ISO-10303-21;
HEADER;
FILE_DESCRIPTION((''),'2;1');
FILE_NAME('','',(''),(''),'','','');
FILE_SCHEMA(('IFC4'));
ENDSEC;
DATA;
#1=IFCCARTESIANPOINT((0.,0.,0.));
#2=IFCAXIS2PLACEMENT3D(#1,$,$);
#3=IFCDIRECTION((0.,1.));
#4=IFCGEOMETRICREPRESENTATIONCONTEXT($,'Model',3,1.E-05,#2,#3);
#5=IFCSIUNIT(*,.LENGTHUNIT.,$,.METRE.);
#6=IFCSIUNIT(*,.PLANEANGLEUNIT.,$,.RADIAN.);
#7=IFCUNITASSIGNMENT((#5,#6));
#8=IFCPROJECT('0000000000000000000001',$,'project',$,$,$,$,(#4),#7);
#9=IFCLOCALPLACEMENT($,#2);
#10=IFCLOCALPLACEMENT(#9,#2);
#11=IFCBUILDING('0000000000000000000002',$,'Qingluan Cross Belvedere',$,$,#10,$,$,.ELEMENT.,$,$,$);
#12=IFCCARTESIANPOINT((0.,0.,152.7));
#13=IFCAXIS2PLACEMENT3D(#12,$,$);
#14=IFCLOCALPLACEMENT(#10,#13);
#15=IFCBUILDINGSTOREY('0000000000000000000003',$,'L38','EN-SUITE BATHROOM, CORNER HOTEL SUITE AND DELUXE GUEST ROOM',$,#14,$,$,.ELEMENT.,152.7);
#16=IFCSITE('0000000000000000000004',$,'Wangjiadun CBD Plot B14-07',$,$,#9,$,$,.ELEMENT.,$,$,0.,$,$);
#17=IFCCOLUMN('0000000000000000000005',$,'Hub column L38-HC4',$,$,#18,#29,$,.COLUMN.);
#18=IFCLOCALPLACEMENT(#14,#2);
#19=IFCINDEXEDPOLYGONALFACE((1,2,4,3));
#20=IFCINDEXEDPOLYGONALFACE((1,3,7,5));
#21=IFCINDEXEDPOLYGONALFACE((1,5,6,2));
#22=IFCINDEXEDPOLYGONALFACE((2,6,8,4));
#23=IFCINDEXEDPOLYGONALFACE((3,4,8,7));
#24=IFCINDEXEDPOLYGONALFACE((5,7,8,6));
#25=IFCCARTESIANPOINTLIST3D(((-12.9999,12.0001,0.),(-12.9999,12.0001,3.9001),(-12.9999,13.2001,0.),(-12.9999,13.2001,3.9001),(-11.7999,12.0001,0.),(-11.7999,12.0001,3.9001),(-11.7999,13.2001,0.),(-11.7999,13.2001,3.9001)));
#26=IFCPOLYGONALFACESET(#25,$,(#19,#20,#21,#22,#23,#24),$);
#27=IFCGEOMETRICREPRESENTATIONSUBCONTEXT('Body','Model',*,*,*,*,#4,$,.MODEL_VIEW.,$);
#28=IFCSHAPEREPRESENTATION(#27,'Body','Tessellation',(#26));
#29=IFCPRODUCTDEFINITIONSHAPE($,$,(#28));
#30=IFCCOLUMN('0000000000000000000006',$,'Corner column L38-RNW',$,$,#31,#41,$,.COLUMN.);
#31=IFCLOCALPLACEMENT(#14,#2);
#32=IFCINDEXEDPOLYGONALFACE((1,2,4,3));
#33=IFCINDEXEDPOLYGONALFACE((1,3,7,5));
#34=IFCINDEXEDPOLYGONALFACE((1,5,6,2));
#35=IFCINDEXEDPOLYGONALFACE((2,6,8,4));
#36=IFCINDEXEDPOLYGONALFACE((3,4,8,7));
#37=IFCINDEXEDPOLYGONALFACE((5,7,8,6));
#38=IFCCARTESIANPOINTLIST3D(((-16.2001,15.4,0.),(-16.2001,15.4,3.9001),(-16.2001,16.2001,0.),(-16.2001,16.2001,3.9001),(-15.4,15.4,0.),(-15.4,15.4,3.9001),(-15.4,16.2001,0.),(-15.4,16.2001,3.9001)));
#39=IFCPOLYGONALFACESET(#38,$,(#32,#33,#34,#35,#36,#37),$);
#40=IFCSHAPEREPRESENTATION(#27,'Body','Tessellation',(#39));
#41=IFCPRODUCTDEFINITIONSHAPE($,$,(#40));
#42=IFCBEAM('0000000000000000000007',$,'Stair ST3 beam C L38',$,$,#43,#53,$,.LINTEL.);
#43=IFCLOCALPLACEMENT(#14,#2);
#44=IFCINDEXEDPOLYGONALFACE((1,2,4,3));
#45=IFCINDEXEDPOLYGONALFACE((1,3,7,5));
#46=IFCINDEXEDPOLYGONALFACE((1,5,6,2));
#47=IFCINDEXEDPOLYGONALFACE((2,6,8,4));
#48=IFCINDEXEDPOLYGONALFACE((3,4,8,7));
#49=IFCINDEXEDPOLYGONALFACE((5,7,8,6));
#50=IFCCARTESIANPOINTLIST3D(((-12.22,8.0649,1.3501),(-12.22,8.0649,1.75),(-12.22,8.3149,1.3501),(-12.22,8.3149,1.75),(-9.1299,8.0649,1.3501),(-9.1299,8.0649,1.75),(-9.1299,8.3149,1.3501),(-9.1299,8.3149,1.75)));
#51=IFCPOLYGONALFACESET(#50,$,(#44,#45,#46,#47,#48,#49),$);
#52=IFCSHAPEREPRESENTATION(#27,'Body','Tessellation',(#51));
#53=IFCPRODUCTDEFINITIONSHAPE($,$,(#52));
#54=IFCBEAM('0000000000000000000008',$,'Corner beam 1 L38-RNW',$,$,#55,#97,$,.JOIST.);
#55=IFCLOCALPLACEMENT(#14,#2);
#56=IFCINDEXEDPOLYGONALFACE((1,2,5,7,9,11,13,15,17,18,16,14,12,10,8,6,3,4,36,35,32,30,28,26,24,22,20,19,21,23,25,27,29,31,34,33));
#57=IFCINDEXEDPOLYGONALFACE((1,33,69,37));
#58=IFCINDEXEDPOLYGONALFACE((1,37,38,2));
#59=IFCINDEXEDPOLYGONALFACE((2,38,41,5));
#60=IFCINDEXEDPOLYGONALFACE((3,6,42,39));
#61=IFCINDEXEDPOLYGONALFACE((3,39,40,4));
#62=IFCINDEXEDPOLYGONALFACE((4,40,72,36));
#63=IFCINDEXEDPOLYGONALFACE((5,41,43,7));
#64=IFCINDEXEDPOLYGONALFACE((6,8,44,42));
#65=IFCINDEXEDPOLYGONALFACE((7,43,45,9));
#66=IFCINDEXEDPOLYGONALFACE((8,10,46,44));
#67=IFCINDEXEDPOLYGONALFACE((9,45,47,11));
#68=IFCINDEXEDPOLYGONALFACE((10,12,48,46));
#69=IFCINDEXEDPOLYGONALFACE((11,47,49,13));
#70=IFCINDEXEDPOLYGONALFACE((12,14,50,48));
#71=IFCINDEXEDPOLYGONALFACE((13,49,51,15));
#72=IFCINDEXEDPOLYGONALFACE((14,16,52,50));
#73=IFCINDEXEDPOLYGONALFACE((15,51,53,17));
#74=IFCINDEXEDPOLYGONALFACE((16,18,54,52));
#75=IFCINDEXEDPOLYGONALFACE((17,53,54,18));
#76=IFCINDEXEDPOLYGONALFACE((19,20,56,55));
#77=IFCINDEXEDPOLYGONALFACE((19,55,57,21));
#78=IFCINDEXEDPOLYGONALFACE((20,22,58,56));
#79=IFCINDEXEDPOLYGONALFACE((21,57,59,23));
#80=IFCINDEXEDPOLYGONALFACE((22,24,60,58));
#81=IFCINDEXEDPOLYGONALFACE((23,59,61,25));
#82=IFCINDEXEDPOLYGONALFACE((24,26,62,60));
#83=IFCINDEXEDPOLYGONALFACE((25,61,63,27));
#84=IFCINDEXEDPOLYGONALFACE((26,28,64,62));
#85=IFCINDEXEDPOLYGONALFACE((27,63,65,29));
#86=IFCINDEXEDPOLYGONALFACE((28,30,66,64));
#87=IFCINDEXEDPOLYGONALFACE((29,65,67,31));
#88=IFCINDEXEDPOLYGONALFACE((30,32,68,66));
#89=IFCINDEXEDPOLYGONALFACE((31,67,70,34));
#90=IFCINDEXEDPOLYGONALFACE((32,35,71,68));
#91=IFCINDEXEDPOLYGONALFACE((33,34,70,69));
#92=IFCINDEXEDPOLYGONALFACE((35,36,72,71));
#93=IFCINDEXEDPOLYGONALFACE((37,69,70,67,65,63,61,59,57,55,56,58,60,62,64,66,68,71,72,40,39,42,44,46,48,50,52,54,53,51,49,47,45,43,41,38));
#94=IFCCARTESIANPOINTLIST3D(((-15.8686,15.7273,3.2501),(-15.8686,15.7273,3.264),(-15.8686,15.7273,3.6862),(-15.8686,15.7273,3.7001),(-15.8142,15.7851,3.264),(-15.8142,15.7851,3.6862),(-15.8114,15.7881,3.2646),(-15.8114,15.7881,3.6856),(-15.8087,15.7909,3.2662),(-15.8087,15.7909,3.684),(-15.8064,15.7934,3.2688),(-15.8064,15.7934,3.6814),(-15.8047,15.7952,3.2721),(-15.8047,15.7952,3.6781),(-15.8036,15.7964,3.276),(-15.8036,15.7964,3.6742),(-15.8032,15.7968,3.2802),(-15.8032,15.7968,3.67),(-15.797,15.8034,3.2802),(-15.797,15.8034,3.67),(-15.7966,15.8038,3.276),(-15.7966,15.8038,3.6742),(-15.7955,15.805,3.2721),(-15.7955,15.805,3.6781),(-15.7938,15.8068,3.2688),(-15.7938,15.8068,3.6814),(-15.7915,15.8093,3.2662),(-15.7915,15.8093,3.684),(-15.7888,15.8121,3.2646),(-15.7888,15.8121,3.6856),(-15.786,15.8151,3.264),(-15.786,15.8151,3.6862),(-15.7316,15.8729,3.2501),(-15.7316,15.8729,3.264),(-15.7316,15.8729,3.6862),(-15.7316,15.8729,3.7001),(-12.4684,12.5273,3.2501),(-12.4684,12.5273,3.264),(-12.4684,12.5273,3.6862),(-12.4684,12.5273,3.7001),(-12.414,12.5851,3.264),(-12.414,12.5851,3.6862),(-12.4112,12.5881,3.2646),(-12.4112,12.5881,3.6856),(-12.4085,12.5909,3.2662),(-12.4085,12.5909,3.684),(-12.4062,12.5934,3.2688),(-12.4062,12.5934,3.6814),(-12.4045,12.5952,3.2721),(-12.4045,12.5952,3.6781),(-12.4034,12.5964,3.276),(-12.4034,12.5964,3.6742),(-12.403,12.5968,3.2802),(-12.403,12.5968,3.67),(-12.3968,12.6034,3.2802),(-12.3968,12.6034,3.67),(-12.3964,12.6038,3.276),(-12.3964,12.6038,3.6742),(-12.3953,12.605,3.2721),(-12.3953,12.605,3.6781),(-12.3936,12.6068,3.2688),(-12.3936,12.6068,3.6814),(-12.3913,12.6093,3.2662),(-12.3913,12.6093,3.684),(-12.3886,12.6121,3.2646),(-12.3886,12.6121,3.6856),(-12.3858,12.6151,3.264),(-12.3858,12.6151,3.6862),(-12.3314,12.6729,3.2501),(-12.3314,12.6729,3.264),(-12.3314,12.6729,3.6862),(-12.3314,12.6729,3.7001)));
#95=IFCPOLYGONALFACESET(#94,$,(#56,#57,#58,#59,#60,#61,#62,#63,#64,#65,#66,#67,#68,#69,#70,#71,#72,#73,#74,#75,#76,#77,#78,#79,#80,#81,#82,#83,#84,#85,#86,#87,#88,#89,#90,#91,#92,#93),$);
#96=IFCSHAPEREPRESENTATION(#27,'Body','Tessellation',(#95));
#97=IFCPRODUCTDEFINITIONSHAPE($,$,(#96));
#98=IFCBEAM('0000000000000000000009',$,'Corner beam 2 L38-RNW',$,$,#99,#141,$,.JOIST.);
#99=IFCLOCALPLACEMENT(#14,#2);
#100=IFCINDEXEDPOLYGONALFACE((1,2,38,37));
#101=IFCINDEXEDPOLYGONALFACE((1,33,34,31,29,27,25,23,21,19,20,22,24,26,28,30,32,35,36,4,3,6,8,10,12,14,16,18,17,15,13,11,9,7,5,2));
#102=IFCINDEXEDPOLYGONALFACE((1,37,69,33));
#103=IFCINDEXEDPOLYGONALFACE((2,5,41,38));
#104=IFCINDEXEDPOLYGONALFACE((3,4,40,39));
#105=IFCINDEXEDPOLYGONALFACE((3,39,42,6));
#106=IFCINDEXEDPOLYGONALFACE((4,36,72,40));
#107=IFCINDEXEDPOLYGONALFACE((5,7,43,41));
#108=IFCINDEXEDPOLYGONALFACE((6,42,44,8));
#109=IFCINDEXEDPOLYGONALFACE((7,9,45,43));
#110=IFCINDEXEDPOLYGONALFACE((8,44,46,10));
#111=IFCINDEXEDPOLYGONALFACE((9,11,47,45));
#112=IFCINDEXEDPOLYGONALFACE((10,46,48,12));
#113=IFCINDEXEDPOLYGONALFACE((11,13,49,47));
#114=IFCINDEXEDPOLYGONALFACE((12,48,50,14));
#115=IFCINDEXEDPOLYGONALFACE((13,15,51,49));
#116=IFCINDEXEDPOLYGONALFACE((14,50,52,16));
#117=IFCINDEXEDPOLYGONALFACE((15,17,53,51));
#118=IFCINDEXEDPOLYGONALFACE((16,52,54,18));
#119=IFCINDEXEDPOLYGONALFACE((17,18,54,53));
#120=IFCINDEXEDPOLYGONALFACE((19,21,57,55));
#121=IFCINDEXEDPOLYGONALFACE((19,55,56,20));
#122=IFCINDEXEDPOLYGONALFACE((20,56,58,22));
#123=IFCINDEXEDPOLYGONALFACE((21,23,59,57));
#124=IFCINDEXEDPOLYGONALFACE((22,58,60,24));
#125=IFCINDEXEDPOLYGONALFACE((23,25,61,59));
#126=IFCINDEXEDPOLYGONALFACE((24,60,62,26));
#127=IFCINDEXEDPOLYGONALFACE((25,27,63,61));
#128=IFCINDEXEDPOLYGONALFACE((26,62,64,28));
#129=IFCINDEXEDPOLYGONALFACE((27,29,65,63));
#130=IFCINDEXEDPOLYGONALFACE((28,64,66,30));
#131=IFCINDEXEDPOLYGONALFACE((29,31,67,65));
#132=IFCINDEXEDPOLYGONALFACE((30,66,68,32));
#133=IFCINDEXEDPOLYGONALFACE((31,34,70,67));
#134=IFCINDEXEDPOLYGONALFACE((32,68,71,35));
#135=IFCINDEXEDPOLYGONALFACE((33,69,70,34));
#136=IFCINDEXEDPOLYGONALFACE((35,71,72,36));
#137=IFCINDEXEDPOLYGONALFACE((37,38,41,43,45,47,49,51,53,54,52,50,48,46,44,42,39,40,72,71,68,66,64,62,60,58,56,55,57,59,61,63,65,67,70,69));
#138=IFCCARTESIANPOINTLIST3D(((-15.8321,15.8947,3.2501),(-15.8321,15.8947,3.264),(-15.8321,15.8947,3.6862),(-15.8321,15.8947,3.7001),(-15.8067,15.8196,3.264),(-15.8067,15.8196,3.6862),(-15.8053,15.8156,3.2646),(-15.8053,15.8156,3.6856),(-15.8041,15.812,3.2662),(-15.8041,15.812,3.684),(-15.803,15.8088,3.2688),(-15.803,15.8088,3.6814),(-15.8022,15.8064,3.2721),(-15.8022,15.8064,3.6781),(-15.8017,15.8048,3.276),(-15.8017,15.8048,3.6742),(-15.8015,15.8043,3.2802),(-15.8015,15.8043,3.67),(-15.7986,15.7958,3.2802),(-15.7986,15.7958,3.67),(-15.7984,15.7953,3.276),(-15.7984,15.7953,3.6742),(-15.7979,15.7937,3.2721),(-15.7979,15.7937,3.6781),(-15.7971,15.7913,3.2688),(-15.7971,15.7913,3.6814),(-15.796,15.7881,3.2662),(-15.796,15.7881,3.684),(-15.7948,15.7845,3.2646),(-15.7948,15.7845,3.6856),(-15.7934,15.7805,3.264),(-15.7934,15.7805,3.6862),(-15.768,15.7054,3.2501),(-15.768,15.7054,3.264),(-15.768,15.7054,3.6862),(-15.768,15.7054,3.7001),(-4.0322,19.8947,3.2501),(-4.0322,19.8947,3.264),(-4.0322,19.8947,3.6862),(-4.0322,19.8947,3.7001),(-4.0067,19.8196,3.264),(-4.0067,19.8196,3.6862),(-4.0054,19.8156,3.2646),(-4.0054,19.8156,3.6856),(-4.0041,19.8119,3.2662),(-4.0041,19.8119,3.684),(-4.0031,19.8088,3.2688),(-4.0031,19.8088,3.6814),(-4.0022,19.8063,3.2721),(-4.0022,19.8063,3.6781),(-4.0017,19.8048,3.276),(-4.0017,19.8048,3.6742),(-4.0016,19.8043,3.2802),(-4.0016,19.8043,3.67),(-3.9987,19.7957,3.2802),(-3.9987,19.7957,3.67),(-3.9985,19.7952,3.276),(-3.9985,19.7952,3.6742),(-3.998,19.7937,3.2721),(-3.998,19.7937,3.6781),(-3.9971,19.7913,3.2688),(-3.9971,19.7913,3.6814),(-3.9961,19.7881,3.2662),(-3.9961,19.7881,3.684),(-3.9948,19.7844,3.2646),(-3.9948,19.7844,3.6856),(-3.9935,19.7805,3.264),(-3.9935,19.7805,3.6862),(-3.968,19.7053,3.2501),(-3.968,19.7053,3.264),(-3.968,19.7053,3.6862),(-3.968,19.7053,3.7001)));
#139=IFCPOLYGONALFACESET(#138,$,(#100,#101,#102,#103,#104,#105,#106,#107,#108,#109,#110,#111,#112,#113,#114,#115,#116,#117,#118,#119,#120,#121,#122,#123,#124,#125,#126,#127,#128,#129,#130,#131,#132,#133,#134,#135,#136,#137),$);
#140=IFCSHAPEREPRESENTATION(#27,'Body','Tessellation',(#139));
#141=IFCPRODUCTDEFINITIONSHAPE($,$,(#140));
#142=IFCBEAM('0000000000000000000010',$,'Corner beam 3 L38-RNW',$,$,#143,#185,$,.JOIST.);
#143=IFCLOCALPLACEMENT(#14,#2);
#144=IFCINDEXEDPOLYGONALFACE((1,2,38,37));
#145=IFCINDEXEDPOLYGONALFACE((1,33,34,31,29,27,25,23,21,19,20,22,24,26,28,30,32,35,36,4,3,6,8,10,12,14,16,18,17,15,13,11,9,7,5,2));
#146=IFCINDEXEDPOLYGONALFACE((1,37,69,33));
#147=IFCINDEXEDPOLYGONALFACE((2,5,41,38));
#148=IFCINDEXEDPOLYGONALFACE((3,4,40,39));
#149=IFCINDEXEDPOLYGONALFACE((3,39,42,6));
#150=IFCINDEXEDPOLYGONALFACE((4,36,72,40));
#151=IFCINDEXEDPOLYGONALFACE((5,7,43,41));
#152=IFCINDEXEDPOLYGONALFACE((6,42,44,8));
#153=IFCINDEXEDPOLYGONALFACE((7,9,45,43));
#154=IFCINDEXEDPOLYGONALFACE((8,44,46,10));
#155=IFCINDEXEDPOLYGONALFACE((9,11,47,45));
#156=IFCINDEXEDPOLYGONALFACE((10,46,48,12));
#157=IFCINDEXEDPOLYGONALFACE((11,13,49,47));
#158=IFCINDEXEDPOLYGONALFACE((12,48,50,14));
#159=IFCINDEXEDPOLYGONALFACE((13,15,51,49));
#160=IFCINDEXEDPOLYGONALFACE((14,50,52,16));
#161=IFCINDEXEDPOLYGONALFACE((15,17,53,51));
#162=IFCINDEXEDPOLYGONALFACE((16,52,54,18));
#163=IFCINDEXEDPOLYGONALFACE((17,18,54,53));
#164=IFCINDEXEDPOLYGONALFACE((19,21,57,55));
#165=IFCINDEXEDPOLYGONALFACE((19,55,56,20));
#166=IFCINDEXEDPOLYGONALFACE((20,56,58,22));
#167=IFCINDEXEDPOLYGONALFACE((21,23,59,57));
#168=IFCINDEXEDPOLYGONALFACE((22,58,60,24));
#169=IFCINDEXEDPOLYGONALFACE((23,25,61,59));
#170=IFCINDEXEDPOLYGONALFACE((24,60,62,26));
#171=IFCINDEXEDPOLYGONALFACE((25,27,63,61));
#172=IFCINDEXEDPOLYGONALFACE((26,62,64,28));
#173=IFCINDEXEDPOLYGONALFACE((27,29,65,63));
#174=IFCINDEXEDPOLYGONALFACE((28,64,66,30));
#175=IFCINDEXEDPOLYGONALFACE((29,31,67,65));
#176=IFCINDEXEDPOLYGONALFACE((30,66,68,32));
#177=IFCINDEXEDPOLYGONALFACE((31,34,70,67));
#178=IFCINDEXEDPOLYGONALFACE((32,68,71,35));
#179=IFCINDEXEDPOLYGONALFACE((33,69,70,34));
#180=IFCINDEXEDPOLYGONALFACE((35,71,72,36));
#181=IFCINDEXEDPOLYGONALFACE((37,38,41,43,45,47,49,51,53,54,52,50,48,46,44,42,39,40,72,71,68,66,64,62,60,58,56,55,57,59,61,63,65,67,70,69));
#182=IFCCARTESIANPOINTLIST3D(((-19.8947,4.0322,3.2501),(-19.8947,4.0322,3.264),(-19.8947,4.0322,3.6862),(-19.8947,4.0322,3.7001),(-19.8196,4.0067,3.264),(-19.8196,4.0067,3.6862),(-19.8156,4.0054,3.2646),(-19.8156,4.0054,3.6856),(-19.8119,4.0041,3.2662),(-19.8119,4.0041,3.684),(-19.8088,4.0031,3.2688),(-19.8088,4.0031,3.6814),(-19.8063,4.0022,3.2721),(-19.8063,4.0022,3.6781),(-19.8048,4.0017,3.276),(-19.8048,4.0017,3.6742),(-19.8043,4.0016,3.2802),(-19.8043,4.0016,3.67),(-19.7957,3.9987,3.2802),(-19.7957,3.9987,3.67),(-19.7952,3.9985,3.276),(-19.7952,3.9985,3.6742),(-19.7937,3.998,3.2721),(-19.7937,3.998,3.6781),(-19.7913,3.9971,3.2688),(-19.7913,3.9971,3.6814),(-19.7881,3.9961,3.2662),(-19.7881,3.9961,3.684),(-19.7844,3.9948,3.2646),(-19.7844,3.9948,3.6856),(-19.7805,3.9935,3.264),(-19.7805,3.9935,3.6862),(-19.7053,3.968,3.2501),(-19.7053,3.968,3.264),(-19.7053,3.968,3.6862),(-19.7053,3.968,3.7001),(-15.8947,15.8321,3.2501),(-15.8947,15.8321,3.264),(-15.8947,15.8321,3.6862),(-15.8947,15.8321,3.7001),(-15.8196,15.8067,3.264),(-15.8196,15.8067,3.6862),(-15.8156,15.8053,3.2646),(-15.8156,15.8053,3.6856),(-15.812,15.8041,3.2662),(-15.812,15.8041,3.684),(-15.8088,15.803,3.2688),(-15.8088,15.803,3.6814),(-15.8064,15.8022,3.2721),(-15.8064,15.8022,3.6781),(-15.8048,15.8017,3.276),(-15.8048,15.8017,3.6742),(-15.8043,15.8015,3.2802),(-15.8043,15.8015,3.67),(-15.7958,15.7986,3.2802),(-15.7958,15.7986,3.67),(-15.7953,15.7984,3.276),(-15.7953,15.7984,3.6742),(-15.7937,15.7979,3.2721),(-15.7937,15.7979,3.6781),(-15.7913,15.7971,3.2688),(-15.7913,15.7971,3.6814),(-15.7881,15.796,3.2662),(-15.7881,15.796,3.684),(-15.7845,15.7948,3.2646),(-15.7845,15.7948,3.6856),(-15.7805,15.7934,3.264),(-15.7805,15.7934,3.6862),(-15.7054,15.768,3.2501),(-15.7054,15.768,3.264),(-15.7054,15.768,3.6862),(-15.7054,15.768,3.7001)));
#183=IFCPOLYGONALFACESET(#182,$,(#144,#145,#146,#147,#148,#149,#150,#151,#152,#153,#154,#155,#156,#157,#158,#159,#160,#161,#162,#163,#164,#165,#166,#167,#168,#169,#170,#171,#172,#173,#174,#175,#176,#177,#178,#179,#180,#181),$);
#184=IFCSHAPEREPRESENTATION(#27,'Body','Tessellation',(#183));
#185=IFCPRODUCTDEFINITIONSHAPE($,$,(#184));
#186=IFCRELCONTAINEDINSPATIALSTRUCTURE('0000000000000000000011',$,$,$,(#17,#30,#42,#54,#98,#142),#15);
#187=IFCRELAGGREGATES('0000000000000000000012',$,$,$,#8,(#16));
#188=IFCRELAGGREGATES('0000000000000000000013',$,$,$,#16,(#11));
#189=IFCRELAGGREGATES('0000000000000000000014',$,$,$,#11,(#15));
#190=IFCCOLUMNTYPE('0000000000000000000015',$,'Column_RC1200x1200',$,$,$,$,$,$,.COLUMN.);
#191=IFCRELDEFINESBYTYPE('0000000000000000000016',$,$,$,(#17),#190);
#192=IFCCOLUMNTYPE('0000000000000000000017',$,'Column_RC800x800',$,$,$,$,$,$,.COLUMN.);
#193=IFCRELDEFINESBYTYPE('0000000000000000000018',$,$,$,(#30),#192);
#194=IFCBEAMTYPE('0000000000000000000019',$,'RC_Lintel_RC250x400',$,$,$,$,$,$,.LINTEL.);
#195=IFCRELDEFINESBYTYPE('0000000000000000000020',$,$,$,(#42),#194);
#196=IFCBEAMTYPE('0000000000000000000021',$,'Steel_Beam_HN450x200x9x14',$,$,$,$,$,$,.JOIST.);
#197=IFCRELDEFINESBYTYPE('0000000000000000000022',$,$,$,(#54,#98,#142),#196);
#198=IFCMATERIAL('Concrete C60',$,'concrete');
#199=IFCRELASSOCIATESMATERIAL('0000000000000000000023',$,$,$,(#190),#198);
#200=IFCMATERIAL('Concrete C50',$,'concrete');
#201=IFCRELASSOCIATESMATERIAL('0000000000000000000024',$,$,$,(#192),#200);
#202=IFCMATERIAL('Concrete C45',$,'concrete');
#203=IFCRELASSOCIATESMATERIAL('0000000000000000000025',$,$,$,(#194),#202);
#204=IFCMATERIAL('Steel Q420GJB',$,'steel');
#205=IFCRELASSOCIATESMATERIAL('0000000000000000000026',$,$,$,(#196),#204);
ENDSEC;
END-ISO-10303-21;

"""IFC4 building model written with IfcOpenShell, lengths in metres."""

from ifc_helpers import new_model, si_unit, direction, frame, origin, origin_2d, place, context, subcontext, project, spatial, rectangle, i_section, extrude, material, material_profile, profile_set, type_object, element, save


model = new_model("IFC4")

# Units and contexts
model_context = context("Model", 3, precision=1e-05, world=origin(), true_north=direction((0.0, 1.0)))
body_context = subcontext(model_context, "Body", "Model", "MODEL_VIEW")
ifc_project = project(units=[si_unit("LENGTHUNIT", "METRE"), si_unit("PLANEANGLEUNIT", "RADIAN")], contexts=[model_context])

# Site, building, storey
site_placement = place(None, origin())
site = spatial("IfcSite", under=ifc_project, at=site_placement, Name="Wangjiadun CBD Plot B14-07", CompositionType="ELEMENT", RefElevation=0.0)
building_placement = place(site_placement, origin())
building = spatial("IfcBuilding", under=site, at=building_placement, Name="Qingluan Cross Belvedere", CompositionType="ELEMENT")
storey_placement = place(building_placement, frame((0.0, 0.0, 152.7)))
storey = spatial("IfcBuildingStorey", under=building, at=storey_placement, Name="L38", Description="EN-SUITE BATHROOM, CORNER HOTEL SUITE AND DELUXE GUEST ROOM", CompositionType="ELEMENT", Elevation=152.7)

# Columns
ifc_material_1 = material(Name="Concrete C60", Category="concrete")
ifc_material_profile_1 = material_profile(ifc_material_1, rectangle(XDim=1.2, YDim=1.2, at=origin_2d()), Name="RC1200x1200")
ifc_profile_set_1 = profile_set([ifc_material_profile_1], Name="Concrete C60")
column_type_1 = type_object("IfcColumnType", Name="Column_RC1200x1200", PredefinedType="COLUMN", material=ifc_profile_set_1)
column_1_placement = place(storey_placement, frame((-12.3999, 12.6001, 0.0), z_axis=(0.0, 0.0, 1.0), x_axis=(1.0, 0.0, 0.0)))
element("IfcColumn", 1, at=column_1_placement, inside=storey, type_object=column_type_1, Name="Hub column L38-HC4", PredefinedType="COLUMN", context=body_context, shape_type="SweptSolid", body=[
    extrude(rectangle(XDim=1.2, YDim=1.2, at=origin_2d()), origin(), (0.0, 0.0, 1.0), 3.9001),
])
ifc_material_2 = material(Name="Concrete C50", Category="concrete")
ifc_material_profile_2 = material_profile(ifc_material_2, rectangle(XDim=0.8, YDim=0.8, at=origin_2d()), Name="RC800x800")
ifc_profile_set_2 = profile_set([ifc_material_profile_2], Name="Concrete C50")
column_type_2 = type_object("IfcColumnType", Name="Column_RC800x800", PredefinedType="COLUMN", material=ifc_profile_set_2)
column_2_placement = place(storey_placement, frame((-15.8, 15.8, 0.0), z_axis=(0.0, 0.0, 1.0), x_axis=(1.0, 0.0, 0.0)))
element("IfcColumn", 2, at=column_2_placement, inside=storey, type_object=column_type_2, Name="Corner column L38-RNW", PredefinedType="COLUMN", context=body_context, shape_type="SweptSolid", body=[
    extrude(rectangle(XDim=0.8, YDim=0.8, at=origin_2d()), origin(), (0.0, 0.0, 1.0), 3.9001),
])

# Beams
ifc_material_3 = material(Name="Concrete C45", Category="concrete")
ifc_material_profile_3 = material_profile(ifc_material_3, rectangle(XDim=0.25, YDim=0.3999, at=origin_2d()), Name="RC250x400")
ifc_profile_set_3 = profile_set([ifc_material_profile_3], Name="Concrete C45")
beam_type_1 = type_object("IfcBeamType", Name="RC_Lintel_RC250x400", PredefinedType="LINTEL", material=ifc_profile_set_3)
beam_1_placement = place(storey_placement, frame((-12.22, 8.1899, 1.55), z_axis=(1.0, 0.0, 0.0), x_axis=(0.0, 1.0, 0.0)))
element("IfcBeam", 3, at=beam_1_placement, inside=storey, type_object=beam_type_1, Name="Stair ST3 beam C L38", PredefinedType="LINTEL", context=body_context, shape_type="SweptSolid", body=[
    extrude(rectangle(XDim=0.25, YDim=0.3999, at=origin_2d()), origin(), (0.0, 0.0, 1.0), 3.0901),
])
ifc_material_4 = material(Name="Steel Q420GJB", Category="steel")
ifc_material_profile_4 = material_profile(ifc_material_4, i_section(OverallWidth=0.2, OverallDepth=0.45, WebThickness=0.009, FlangeThickness=0.0139, FilletRadius=0.0161, at=origin_2d()), Name="HN450x200x9x14")
ifc_profile_set_4 = profile_set([ifc_material_profile_4], Name="Steel Q420GJB")
beam_type_2 = type_object("IfcBeamType", Name="Steel_Beam_HN450x200x9x14", PredefinedType="JOIST", material=ifc_profile_set_4)
beam_2_placement = place(storey_placement, frame((-12.3999, 12.6001, 3.4751), z_axis=(-0.72822, 0.685343, 0.0), x_axis=(-0.685343, -0.72822, 0.0)))
element("IfcBeam", 4, at=beam_2_placement, inside=storey, type_object=beam_type_2, Name="Corner beam 1 L38-RNW", PredefinedType="JOIST", context=body_context, shape_type="SweptSolid", body=[
    extrude(i_section(OverallWidth=0.2, OverallDepth=0.45, WebThickness=0.009, FlangeThickness=0.0139, FilletRadius=0.0161, at=origin_2d()), origin(), (0.0, 0.0, 1.0), 4.6692),
])
for number, where, z_axis, x_axis, name in (
    (5, (-15.8, 15.8, 3.4751), (0.947066, 0.321038, 0.0), (-0.321038, 0.947066, 0.0), "Corner beam 2 L38-RNW"),
    (6, (-15.8, 15.8, 3.4751), (-0.321038, -0.947066, 0.0), (0.947066, -0.321038, 0.0), "Corner beam 3 L38-RNW"),
):
    element("IfcBeam", number, at=place(storey_placement, frame(where, z_axis=z_axis, x_axis=x_axis)), inside=storey, type_object=beam_type_2, Name=name, PredefinedType="JOIST", context=body_context, shape_type="SweptSolid", body=[
        extrude(i_section(OverallWidth=0.2, OverallDepth=0.45, WebThickness=0.009, FlangeThickness=0.0139, FilletRadius=0.0161, at=origin_2d()), origin(), (0.0, 0.0, 1.0), 12.4595),
    ])

save(model, "model.ifc")
